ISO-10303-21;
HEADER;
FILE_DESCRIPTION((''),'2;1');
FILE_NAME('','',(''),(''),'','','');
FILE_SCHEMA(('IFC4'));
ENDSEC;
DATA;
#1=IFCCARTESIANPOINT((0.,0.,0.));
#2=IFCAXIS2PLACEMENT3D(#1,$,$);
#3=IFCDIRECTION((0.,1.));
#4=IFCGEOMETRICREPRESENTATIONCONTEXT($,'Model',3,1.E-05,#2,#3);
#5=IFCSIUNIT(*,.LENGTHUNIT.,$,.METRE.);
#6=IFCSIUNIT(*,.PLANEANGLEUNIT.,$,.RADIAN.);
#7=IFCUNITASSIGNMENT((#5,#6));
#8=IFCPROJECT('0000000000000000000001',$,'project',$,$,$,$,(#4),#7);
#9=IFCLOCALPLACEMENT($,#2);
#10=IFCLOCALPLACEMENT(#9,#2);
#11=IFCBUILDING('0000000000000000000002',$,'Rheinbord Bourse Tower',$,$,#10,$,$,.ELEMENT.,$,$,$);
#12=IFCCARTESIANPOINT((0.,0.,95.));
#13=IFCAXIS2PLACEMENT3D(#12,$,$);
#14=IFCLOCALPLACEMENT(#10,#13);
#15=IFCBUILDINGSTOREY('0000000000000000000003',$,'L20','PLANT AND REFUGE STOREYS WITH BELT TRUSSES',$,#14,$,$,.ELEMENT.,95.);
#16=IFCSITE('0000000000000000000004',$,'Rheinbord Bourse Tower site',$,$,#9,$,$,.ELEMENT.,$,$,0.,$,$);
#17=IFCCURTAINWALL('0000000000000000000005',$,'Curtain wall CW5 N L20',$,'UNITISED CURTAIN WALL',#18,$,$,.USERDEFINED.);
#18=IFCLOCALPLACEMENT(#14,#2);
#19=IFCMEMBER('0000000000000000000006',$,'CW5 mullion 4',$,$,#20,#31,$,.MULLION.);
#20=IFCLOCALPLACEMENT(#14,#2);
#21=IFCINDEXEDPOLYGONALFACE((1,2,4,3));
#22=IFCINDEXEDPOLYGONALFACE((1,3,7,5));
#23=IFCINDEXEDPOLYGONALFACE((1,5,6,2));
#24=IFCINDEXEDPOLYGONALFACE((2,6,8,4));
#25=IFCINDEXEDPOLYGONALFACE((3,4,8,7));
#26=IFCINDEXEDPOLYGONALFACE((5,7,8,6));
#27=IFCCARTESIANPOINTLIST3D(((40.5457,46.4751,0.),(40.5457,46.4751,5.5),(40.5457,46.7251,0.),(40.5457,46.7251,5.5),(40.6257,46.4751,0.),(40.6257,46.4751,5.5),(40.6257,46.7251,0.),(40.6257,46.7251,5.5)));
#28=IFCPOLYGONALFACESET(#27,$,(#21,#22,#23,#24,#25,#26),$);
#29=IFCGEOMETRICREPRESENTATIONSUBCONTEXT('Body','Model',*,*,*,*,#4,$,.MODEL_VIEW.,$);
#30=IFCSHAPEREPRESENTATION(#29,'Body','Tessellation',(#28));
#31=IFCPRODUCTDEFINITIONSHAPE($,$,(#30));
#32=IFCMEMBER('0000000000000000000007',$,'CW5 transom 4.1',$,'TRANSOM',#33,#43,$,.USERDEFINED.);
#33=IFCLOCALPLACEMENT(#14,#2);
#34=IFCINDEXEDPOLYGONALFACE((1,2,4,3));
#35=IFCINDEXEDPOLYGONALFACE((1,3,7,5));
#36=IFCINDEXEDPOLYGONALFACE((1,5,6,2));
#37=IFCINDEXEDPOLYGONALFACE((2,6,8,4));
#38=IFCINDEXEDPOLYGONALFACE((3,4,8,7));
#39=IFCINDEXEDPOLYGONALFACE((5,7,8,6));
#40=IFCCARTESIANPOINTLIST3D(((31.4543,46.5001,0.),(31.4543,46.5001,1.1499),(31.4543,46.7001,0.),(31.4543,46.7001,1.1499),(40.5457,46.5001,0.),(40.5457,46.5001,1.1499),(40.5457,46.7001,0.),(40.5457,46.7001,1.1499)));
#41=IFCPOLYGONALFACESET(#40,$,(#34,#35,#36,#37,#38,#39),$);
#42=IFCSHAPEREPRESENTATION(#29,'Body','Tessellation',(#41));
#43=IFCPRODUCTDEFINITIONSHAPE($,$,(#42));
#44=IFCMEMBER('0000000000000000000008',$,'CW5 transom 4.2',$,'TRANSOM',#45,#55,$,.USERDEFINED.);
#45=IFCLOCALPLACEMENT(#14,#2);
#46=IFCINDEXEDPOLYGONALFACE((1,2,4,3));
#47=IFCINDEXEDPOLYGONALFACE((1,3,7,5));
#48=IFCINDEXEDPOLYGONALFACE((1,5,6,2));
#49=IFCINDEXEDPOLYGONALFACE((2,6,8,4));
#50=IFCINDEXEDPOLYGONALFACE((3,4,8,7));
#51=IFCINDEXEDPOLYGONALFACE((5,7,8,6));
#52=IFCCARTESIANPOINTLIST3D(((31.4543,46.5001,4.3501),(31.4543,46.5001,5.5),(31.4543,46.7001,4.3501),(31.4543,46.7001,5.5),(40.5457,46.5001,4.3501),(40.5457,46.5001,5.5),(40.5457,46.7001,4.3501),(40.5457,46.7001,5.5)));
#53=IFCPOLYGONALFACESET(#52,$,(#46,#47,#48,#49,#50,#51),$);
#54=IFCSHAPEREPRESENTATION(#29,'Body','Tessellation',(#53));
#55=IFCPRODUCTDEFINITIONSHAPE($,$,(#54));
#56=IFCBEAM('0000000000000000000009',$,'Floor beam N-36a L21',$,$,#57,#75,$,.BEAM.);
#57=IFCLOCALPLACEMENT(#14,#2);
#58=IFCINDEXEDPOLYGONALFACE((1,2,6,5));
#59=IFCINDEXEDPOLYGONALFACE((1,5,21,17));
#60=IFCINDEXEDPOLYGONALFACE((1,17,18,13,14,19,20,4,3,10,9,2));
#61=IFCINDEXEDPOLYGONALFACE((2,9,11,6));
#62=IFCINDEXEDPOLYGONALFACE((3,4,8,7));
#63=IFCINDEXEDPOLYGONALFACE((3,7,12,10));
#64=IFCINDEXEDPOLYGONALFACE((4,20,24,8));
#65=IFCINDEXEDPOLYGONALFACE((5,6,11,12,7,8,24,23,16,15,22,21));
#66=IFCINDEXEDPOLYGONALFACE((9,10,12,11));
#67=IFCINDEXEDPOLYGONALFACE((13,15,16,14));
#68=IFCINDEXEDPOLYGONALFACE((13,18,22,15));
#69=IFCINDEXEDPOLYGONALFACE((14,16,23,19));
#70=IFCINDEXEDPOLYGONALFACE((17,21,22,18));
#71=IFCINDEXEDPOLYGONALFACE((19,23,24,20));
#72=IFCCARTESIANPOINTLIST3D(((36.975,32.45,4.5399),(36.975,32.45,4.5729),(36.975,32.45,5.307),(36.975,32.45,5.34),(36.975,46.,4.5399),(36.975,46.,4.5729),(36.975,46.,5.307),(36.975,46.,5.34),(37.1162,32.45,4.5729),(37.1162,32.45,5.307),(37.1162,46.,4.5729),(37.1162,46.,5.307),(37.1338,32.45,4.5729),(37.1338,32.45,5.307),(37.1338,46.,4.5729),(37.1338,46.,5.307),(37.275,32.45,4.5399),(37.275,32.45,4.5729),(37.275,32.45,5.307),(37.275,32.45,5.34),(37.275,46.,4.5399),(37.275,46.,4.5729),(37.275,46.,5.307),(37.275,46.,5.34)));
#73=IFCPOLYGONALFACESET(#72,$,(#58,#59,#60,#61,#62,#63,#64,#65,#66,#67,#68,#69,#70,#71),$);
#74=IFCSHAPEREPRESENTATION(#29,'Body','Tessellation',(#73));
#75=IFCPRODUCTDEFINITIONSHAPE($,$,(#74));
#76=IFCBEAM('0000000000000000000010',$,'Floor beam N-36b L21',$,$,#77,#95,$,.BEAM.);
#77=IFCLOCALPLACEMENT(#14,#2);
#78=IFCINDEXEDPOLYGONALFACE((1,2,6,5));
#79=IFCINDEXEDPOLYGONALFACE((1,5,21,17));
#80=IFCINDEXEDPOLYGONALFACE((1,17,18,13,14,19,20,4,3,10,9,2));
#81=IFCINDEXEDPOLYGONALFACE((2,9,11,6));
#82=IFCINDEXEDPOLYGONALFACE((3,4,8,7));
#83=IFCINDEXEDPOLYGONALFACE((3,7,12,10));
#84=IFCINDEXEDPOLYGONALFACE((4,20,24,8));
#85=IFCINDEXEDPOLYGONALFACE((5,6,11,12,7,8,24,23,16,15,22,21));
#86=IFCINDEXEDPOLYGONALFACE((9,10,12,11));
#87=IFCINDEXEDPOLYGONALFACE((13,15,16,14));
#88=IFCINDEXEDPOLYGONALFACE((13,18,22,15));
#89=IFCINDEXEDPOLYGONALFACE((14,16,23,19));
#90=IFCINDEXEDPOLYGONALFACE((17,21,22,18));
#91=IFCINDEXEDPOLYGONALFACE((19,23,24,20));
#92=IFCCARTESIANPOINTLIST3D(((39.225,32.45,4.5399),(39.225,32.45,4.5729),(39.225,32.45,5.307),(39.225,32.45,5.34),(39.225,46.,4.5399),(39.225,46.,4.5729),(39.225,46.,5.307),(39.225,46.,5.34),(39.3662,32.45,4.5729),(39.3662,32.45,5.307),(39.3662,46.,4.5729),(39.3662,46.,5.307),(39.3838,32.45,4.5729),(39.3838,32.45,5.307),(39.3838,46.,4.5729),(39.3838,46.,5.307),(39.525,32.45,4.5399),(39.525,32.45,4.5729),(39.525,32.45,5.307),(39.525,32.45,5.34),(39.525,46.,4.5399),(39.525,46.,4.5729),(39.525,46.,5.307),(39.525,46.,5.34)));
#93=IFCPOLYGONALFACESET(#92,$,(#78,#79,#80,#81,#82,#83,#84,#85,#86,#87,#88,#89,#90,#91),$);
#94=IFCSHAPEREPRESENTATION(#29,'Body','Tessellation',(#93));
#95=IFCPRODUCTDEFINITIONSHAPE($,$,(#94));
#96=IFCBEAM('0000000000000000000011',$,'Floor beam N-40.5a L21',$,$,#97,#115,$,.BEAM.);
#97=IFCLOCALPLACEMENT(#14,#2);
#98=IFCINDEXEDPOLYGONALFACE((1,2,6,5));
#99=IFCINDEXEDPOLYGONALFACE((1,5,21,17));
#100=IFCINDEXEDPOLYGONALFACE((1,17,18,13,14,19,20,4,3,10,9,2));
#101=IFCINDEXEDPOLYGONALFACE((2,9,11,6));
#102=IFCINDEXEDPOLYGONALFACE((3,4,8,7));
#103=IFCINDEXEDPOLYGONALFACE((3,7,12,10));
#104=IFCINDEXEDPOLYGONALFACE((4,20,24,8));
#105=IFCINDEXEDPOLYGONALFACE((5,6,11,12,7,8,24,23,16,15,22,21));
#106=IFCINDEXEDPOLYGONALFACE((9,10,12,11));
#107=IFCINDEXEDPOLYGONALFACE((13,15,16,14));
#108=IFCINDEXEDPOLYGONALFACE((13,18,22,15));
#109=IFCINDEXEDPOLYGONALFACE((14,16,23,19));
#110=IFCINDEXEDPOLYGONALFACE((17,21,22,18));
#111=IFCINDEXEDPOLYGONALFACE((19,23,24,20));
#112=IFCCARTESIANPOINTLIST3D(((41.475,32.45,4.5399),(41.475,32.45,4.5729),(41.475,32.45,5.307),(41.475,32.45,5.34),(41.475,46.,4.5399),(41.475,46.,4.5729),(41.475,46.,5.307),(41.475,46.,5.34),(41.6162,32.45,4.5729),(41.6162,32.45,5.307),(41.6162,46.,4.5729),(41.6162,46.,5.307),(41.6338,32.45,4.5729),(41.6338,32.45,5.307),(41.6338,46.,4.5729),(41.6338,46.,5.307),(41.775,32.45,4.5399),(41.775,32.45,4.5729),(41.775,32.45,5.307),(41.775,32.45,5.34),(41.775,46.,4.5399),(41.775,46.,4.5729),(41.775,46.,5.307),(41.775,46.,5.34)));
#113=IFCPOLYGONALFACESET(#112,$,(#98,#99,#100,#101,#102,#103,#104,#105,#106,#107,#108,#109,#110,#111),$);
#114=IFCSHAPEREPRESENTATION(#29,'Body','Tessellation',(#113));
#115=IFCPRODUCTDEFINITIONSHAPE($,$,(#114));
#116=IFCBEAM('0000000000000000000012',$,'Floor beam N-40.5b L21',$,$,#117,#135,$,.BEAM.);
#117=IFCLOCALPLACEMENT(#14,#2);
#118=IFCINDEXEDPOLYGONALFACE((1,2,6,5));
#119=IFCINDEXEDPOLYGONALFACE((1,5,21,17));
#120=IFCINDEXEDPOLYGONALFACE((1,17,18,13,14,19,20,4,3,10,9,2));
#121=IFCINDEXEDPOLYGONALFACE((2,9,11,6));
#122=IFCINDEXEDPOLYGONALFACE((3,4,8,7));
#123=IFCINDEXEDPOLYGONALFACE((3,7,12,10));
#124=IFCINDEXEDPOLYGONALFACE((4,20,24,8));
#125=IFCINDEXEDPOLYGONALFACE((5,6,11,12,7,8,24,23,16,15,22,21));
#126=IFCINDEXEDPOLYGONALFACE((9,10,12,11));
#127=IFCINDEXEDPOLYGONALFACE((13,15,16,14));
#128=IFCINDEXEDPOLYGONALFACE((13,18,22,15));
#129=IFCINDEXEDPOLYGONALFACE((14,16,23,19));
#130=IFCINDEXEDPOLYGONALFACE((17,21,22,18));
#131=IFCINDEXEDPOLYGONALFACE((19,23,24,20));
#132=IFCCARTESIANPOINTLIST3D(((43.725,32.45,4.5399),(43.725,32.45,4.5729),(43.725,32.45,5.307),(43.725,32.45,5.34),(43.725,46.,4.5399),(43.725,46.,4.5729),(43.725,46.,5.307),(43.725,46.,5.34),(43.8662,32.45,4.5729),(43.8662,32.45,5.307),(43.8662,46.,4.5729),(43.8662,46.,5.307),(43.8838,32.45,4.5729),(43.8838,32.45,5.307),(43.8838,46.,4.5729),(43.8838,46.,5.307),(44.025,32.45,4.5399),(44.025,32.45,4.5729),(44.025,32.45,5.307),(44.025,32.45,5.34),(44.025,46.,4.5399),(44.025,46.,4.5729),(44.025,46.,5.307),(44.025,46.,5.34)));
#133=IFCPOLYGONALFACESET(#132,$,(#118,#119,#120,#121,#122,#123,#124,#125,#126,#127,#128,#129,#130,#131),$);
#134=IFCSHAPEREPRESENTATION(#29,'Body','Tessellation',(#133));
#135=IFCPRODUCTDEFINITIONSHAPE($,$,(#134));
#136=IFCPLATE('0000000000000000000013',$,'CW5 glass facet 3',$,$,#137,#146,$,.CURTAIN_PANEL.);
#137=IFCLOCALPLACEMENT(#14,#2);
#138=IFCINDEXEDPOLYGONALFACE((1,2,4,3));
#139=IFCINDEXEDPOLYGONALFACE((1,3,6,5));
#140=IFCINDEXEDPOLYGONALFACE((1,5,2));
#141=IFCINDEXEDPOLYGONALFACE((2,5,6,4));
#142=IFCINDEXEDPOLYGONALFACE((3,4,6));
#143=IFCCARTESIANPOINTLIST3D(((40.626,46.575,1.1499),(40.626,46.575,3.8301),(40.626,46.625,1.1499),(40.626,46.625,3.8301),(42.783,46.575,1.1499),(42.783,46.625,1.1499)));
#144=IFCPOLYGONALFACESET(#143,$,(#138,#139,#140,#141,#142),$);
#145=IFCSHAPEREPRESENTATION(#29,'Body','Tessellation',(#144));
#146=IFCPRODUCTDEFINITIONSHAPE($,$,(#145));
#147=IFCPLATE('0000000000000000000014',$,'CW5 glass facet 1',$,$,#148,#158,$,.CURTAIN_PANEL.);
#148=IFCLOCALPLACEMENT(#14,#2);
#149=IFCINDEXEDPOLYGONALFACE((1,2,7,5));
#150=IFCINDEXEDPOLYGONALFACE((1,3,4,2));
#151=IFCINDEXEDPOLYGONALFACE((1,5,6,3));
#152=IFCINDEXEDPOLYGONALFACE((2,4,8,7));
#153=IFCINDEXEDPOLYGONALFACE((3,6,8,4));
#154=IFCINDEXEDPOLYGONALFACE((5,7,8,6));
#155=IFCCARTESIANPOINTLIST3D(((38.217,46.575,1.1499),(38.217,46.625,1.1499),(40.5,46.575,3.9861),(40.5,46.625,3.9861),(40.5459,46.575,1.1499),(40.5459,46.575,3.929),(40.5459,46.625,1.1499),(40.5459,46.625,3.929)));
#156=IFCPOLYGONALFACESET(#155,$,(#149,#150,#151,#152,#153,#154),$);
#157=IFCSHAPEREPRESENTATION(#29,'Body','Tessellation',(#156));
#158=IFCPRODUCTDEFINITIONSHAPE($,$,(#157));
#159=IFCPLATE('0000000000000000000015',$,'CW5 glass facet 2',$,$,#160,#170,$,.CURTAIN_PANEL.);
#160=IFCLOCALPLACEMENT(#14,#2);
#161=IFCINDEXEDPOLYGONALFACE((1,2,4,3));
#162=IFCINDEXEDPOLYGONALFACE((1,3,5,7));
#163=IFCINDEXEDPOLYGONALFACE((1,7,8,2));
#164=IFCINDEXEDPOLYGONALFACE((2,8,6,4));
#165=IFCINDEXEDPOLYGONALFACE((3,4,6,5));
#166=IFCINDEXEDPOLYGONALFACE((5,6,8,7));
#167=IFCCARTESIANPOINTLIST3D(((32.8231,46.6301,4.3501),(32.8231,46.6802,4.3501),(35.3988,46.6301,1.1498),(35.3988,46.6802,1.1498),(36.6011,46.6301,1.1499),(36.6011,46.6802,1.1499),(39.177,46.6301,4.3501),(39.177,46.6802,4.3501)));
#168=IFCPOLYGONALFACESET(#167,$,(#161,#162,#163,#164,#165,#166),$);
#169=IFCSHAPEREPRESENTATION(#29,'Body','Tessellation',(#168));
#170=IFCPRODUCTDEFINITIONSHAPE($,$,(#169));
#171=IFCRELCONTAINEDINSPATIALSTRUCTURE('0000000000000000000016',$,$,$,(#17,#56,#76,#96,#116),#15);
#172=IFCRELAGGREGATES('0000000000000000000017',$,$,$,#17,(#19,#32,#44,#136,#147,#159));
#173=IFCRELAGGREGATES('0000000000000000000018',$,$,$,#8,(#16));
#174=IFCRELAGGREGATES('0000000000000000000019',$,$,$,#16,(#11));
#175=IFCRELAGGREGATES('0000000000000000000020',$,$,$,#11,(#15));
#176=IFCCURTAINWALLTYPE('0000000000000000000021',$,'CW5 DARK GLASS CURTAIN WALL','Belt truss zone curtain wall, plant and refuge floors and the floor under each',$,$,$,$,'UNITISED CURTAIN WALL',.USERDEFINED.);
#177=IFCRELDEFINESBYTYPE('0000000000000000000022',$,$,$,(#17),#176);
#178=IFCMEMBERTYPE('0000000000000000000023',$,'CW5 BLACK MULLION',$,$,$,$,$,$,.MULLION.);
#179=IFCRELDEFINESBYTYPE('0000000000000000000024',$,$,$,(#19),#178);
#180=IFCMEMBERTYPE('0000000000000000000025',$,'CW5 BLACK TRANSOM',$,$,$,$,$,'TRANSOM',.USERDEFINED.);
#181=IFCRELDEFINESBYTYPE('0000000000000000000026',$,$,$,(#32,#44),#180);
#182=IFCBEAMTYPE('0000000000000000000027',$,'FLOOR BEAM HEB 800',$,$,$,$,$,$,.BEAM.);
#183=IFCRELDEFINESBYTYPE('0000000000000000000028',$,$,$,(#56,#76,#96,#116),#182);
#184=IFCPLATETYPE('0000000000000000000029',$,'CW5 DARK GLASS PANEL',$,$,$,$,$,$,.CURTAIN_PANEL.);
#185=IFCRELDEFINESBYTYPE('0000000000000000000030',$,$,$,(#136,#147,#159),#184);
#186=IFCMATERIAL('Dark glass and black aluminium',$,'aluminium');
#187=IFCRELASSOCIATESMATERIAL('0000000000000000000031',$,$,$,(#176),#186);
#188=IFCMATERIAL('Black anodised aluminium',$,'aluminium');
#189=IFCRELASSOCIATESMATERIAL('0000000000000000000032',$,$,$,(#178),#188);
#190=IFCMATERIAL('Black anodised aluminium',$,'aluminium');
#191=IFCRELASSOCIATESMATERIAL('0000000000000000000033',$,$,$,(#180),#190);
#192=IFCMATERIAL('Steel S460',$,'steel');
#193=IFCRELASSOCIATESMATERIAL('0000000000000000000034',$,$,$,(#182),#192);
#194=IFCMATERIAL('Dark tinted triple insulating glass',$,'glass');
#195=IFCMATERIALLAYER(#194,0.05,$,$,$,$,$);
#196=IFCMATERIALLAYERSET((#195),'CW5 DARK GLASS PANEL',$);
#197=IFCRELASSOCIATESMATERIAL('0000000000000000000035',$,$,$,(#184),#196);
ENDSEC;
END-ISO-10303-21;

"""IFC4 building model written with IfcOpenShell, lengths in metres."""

from ifc_helpers import new_model, si_unit, direction, frame, origin, origin_2d, place, context, subcontext, project, spatial, polyline, rectangle, i_section, outline, extrude, material, layer, layer_set, material_profile, profile_set, type_object, element, aggregate, save


model = new_model("IFC4")

# Units and contexts
model_context = context("Model", 3, precision=1e-05, world=origin(), true_north=direction((0.0, 1.0)))
body_context = subcontext(model_context, "Body", "Model", "MODEL_VIEW")
ifc_project = project(units=[si_unit("LENGTHUNIT", "METRE"), si_unit("PLANEANGLEUNIT", "RADIAN")], contexts=[model_context])

# Site, building, storey
site_placement = place(None, origin())
site = spatial("IfcSite", under=ifc_project, at=site_placement, Name="Rheinbord Bourse Tower site", CompositionType="ELEMENT", RefElevation=0.0)
building_placement = place(site_placement, origin())
building = spatial("IfcBuilding", under=site, at=building_placement, Name="Rheinbord Bourse Tower", CompositionType="ELEMENT")
storey_placement = place(building_placement, frame((0.0, 0.0, 95.0)))
storey = spatial("IfcBuildingStorey", under=building, at=storey_placement, Name="L20", Description="PLANT AND REFUGE STOREYS WITH BELT TRUSSES", CompositionType="ELEMENT", Elevation=95.0)

# Curtain wall, members
ifc_material_1 = material(Name="Dark glass and black aluminium", Category="aluminium")
curtain_wall_type = type_object("IfcCurtainWallType", Name="CW5 DARK GLASS CURTAIN WALL", Description="Belt truss zone curtain wall, plant and refuge floors and the floor under each", ElementType="UNITISED CURTAIN WALL", PredefinedType="USERDEFINED", material=ifc_material_1)
curtain_wall_placement = place(storey_placement, origin())
curtain_wall = element("IfcCurtainWall", 1, at=curtain_wall_placement, inside=storey, type_object=curtain_wall_type, Name="Curtain wall CW5 N L20", ObjectType="UNITISED CURTAIN WALL", PredefinedType="USERDEFINED")
ifc_material_2 = material(Name="Black anodised aluminium", Category="aluminium")
ifc_material_profile_1 = material_profile(ifc_material_2, rectangle(XDim=0.25, YDim=0.0801, at=origin_2d()), Name="CW5 MULLION 80x250")
ifc_profile_set_1 = profile_set([ifc_material_profile_1], Name="Black anodised aluminium")
member_type_1 = type_object("IfcMemberType", Name="CW5 BLACK MULLION", PredefinedType="MULLION", material=ifc_profile_set_1)
member_1_placement = place(storey_placement, frame((40.5857, 46.6001, 0.0), z_axis=(0.0, 0.0, 1.0), x_axis=(0.0, -1.0, 0.0)))
member_1 = element("IfcMember", 2, at=member_1_placement, type_object=member_type_1, Name="CW5 mullion 4", PredefinedType="MULLION", context=body_context, shape_type="SweptSolid", body=[
    extrude(rectangle(XDim=0.25, YDim=0.0801, at=origin_2d()), origin(), (0.0, 0.0, 1.0), 5.5),
])
ifc_material_3 = material(Name="Black anodised aluminium", Category="aluminium")
ifc_material_profile_2 = material_profile(ifc_material_3, rectangle(XDim=0.2, YDim=1.1499, at=origin_2d()), Name="CW5 TRANSOM 1150x200")
ifc_profile_set_2 = profile_set([ifc_material_profile_2], Name="Black anodised aluminium")
member_type_2 = type_object("IfcMemberType", Name="CW5 BLACK TRANSOM", ElementType="TRANSOM", PredefinedType="USERDEFINED", material=ifc_profile_set_2)
member_2_placement = place(storey_placement, frame((40.5457, 46.6001, 0.575), z_axis=(-1.0, 0.0, 0.0), x_axis=(0.0, -1.0, 0.0)))
member_2 = element("IfcMember", 3, at=member_2_placement, type_object=member_type_2, Name="CW5 transom 4.1", ObjectType="TRANSOM", PredefinedType="USERDEFINED", context=body_context, shape_type="SweptSolid", body=[
    extrude(rectangle(XDim=0.2, YDim=1.1499, at=origin_2d()), origin(), (0.0, 0.0, 1.0), 9.0913),
])
member_3_placement = place(storey_placement, frame((40.5457, 46.6001, 4.925), z_axis=(-1.0, 0.0, 0.0), x_axis=(0.0, -1.0, 0.0)))
member_3 = element("IfcMember", 4, at=member_3_placement, type_object=member_type_2, Name="CW5 transom 4.2", ObjectType="TRANSOM", PredefinedType="USERDEFINED", context=body_context, shape_type="SweptSolid", body=[
    extrude(rectangle(XDim=0.2, YDim=1.1499, at=origin_2d()), origin(), (0.0, 0.0, 1.0), 9.0913),
])

# Beams
ifc_material_4 = material(Name="Steel S460", Category="steel")
ifc_material_profile_3 = material_profile(ifc_material_4, i_section(OverallWidth=0.3, OverallDepth=0.8, WebThickness=0.0176, FlangeThickness=0.033, at=origin_2d()), Name="HEB 800")
ifc_profile_set_3 = profile_set([ifc_material_profile_3], Name="Steel S460")
beam_type_1 = type_object("IfcBeamType", Name="FLOOR BEAM HEB 800", PredefinedType="BEAM", material=ifc_profile_set_3)
for number, where, z_axis, x_axis, name in (
    (5, (37.125, 46.0, 4.9399), (0.0, -1.0, 0.0), (1.0, 0.0, 0.0), "Floor beam N-36a L21"),
    (6, (39.375, 46.0, 4.9399), (0.0, -1.0, 0.0), (1.0, 0.0, 0.0), "Floor beam N-36b L21"),
    (7, (41.625, 46.0, 4.9399), (0.0, -1.0, 0.0), (1.0, 0.0, 0.0), "Floor beam N-40.5a L21"),
    (8, (43.875, 46.0, 4.9399), (0.0, -1.0, 0.0), (1.0, 0.0, 0.0), "Floor beam N-40.5b L21"),
):
    element("IfcBeam", number, at=place(storey_placement, frame(where, z_axis=z_axis, x_axis=x_axis)), inside=storey, type_object=beam_type_1, Name=name, PredefinedType="BEAM", context=body_context, shape_type="SweptSolid", body=[
        extrude(i_section(OverallWidth=0.3, OverallDepth=0.8, WebThickness=0.0176, FlangeThickness=0.033, at=origin_2d()), origin(), (0.0, 0.0, 1.0), 13.55),
    ])

# Plates
ifc_material_5 = material(Name="Dark tinted triple insulating glass", Category="glass")
ifc_layer = layer(ifc_material_5, 0.05)
ifc_layer_set = layer_set([ifc_layer], Name="CW5 DARK GLASS PANEL")
plate_type = type_object("IfcPlateType", Name="CW5 DARK GLASS PANEL", PredefinedType="CURTAIN_PANEL", material=ifc_layer_set)
plate_1_placement = place(storey_placement, frame((40.626, 46.625, 1.1499), z_axis=(0.0, -1.0, 0.0), x_axis=(1.0, 0.0, 0.0)))
plate_1 = element("IfcPlate", 9, at=plate_1_placement, type_object=plate_type, Name="CW5 glass facet 3", PredefinedType="CURTAIN_PANEL", context=body_context, shape_type="SweptSolid", body=[
    extrude(outline(polyline([(0.0, 0.0), (2.157, 0.0), (0.0, 2.6802), (0.0, 0.0)])), origin(), (0.0, 0.0, 1.0), 0.05),
])
plate_2_placement = place(storey_placement, frame((40.5459, 46.625, 1.1499), z_axis=(0.0, -1.0, 0.0), x_axis=(0.0, 0.0, 1.0)))
plate_2 = element("IfcPlate", 10, at=plate_2_placement, type_object=plate_type, Name="CW5 glass facet 1", PredefinedType="CURTAIN_PANEL", context=body_context, shape_type="SweptSolid", body=[
    extrude(outline(polyline([(0.0, 0.0), (2.7791, 0.0), (2.8362, 0.0459), (0.0, 2.3289), (0.0, 0.0)])), origin(), (0.0, 0.0, 1.0), 0.05),
])
plate_3_placement = place(storey_placement, frame((36.6011, 46.6802, 1.1499), z_axis=(0.0, -1.0, 0.0), x_axis=(0.627033, 0.0, 0.778993)))
plate_3 = element("IfcPlate", 11, at=plate_3_placement, type_object=plate_type, Name="CW5 glass facet 2", PredefinedType="CURTAIN_PANEL", context=body_context, shape_type="SweptSolid", body=[
    extrude(outline(polyline([(0.0, 0.0), (4.1082, 0.0), (0.124, 4.9497), (-0.7539, 0.9365), (0.0, 0.0)])), origin(), (0.0, 0.0, 1.0), 0.05),
])
aggregate(curtain_wall, [member_1, member_2, member_3, plate_1, plate_2, plate_3])

save(model, "model.ifc")
